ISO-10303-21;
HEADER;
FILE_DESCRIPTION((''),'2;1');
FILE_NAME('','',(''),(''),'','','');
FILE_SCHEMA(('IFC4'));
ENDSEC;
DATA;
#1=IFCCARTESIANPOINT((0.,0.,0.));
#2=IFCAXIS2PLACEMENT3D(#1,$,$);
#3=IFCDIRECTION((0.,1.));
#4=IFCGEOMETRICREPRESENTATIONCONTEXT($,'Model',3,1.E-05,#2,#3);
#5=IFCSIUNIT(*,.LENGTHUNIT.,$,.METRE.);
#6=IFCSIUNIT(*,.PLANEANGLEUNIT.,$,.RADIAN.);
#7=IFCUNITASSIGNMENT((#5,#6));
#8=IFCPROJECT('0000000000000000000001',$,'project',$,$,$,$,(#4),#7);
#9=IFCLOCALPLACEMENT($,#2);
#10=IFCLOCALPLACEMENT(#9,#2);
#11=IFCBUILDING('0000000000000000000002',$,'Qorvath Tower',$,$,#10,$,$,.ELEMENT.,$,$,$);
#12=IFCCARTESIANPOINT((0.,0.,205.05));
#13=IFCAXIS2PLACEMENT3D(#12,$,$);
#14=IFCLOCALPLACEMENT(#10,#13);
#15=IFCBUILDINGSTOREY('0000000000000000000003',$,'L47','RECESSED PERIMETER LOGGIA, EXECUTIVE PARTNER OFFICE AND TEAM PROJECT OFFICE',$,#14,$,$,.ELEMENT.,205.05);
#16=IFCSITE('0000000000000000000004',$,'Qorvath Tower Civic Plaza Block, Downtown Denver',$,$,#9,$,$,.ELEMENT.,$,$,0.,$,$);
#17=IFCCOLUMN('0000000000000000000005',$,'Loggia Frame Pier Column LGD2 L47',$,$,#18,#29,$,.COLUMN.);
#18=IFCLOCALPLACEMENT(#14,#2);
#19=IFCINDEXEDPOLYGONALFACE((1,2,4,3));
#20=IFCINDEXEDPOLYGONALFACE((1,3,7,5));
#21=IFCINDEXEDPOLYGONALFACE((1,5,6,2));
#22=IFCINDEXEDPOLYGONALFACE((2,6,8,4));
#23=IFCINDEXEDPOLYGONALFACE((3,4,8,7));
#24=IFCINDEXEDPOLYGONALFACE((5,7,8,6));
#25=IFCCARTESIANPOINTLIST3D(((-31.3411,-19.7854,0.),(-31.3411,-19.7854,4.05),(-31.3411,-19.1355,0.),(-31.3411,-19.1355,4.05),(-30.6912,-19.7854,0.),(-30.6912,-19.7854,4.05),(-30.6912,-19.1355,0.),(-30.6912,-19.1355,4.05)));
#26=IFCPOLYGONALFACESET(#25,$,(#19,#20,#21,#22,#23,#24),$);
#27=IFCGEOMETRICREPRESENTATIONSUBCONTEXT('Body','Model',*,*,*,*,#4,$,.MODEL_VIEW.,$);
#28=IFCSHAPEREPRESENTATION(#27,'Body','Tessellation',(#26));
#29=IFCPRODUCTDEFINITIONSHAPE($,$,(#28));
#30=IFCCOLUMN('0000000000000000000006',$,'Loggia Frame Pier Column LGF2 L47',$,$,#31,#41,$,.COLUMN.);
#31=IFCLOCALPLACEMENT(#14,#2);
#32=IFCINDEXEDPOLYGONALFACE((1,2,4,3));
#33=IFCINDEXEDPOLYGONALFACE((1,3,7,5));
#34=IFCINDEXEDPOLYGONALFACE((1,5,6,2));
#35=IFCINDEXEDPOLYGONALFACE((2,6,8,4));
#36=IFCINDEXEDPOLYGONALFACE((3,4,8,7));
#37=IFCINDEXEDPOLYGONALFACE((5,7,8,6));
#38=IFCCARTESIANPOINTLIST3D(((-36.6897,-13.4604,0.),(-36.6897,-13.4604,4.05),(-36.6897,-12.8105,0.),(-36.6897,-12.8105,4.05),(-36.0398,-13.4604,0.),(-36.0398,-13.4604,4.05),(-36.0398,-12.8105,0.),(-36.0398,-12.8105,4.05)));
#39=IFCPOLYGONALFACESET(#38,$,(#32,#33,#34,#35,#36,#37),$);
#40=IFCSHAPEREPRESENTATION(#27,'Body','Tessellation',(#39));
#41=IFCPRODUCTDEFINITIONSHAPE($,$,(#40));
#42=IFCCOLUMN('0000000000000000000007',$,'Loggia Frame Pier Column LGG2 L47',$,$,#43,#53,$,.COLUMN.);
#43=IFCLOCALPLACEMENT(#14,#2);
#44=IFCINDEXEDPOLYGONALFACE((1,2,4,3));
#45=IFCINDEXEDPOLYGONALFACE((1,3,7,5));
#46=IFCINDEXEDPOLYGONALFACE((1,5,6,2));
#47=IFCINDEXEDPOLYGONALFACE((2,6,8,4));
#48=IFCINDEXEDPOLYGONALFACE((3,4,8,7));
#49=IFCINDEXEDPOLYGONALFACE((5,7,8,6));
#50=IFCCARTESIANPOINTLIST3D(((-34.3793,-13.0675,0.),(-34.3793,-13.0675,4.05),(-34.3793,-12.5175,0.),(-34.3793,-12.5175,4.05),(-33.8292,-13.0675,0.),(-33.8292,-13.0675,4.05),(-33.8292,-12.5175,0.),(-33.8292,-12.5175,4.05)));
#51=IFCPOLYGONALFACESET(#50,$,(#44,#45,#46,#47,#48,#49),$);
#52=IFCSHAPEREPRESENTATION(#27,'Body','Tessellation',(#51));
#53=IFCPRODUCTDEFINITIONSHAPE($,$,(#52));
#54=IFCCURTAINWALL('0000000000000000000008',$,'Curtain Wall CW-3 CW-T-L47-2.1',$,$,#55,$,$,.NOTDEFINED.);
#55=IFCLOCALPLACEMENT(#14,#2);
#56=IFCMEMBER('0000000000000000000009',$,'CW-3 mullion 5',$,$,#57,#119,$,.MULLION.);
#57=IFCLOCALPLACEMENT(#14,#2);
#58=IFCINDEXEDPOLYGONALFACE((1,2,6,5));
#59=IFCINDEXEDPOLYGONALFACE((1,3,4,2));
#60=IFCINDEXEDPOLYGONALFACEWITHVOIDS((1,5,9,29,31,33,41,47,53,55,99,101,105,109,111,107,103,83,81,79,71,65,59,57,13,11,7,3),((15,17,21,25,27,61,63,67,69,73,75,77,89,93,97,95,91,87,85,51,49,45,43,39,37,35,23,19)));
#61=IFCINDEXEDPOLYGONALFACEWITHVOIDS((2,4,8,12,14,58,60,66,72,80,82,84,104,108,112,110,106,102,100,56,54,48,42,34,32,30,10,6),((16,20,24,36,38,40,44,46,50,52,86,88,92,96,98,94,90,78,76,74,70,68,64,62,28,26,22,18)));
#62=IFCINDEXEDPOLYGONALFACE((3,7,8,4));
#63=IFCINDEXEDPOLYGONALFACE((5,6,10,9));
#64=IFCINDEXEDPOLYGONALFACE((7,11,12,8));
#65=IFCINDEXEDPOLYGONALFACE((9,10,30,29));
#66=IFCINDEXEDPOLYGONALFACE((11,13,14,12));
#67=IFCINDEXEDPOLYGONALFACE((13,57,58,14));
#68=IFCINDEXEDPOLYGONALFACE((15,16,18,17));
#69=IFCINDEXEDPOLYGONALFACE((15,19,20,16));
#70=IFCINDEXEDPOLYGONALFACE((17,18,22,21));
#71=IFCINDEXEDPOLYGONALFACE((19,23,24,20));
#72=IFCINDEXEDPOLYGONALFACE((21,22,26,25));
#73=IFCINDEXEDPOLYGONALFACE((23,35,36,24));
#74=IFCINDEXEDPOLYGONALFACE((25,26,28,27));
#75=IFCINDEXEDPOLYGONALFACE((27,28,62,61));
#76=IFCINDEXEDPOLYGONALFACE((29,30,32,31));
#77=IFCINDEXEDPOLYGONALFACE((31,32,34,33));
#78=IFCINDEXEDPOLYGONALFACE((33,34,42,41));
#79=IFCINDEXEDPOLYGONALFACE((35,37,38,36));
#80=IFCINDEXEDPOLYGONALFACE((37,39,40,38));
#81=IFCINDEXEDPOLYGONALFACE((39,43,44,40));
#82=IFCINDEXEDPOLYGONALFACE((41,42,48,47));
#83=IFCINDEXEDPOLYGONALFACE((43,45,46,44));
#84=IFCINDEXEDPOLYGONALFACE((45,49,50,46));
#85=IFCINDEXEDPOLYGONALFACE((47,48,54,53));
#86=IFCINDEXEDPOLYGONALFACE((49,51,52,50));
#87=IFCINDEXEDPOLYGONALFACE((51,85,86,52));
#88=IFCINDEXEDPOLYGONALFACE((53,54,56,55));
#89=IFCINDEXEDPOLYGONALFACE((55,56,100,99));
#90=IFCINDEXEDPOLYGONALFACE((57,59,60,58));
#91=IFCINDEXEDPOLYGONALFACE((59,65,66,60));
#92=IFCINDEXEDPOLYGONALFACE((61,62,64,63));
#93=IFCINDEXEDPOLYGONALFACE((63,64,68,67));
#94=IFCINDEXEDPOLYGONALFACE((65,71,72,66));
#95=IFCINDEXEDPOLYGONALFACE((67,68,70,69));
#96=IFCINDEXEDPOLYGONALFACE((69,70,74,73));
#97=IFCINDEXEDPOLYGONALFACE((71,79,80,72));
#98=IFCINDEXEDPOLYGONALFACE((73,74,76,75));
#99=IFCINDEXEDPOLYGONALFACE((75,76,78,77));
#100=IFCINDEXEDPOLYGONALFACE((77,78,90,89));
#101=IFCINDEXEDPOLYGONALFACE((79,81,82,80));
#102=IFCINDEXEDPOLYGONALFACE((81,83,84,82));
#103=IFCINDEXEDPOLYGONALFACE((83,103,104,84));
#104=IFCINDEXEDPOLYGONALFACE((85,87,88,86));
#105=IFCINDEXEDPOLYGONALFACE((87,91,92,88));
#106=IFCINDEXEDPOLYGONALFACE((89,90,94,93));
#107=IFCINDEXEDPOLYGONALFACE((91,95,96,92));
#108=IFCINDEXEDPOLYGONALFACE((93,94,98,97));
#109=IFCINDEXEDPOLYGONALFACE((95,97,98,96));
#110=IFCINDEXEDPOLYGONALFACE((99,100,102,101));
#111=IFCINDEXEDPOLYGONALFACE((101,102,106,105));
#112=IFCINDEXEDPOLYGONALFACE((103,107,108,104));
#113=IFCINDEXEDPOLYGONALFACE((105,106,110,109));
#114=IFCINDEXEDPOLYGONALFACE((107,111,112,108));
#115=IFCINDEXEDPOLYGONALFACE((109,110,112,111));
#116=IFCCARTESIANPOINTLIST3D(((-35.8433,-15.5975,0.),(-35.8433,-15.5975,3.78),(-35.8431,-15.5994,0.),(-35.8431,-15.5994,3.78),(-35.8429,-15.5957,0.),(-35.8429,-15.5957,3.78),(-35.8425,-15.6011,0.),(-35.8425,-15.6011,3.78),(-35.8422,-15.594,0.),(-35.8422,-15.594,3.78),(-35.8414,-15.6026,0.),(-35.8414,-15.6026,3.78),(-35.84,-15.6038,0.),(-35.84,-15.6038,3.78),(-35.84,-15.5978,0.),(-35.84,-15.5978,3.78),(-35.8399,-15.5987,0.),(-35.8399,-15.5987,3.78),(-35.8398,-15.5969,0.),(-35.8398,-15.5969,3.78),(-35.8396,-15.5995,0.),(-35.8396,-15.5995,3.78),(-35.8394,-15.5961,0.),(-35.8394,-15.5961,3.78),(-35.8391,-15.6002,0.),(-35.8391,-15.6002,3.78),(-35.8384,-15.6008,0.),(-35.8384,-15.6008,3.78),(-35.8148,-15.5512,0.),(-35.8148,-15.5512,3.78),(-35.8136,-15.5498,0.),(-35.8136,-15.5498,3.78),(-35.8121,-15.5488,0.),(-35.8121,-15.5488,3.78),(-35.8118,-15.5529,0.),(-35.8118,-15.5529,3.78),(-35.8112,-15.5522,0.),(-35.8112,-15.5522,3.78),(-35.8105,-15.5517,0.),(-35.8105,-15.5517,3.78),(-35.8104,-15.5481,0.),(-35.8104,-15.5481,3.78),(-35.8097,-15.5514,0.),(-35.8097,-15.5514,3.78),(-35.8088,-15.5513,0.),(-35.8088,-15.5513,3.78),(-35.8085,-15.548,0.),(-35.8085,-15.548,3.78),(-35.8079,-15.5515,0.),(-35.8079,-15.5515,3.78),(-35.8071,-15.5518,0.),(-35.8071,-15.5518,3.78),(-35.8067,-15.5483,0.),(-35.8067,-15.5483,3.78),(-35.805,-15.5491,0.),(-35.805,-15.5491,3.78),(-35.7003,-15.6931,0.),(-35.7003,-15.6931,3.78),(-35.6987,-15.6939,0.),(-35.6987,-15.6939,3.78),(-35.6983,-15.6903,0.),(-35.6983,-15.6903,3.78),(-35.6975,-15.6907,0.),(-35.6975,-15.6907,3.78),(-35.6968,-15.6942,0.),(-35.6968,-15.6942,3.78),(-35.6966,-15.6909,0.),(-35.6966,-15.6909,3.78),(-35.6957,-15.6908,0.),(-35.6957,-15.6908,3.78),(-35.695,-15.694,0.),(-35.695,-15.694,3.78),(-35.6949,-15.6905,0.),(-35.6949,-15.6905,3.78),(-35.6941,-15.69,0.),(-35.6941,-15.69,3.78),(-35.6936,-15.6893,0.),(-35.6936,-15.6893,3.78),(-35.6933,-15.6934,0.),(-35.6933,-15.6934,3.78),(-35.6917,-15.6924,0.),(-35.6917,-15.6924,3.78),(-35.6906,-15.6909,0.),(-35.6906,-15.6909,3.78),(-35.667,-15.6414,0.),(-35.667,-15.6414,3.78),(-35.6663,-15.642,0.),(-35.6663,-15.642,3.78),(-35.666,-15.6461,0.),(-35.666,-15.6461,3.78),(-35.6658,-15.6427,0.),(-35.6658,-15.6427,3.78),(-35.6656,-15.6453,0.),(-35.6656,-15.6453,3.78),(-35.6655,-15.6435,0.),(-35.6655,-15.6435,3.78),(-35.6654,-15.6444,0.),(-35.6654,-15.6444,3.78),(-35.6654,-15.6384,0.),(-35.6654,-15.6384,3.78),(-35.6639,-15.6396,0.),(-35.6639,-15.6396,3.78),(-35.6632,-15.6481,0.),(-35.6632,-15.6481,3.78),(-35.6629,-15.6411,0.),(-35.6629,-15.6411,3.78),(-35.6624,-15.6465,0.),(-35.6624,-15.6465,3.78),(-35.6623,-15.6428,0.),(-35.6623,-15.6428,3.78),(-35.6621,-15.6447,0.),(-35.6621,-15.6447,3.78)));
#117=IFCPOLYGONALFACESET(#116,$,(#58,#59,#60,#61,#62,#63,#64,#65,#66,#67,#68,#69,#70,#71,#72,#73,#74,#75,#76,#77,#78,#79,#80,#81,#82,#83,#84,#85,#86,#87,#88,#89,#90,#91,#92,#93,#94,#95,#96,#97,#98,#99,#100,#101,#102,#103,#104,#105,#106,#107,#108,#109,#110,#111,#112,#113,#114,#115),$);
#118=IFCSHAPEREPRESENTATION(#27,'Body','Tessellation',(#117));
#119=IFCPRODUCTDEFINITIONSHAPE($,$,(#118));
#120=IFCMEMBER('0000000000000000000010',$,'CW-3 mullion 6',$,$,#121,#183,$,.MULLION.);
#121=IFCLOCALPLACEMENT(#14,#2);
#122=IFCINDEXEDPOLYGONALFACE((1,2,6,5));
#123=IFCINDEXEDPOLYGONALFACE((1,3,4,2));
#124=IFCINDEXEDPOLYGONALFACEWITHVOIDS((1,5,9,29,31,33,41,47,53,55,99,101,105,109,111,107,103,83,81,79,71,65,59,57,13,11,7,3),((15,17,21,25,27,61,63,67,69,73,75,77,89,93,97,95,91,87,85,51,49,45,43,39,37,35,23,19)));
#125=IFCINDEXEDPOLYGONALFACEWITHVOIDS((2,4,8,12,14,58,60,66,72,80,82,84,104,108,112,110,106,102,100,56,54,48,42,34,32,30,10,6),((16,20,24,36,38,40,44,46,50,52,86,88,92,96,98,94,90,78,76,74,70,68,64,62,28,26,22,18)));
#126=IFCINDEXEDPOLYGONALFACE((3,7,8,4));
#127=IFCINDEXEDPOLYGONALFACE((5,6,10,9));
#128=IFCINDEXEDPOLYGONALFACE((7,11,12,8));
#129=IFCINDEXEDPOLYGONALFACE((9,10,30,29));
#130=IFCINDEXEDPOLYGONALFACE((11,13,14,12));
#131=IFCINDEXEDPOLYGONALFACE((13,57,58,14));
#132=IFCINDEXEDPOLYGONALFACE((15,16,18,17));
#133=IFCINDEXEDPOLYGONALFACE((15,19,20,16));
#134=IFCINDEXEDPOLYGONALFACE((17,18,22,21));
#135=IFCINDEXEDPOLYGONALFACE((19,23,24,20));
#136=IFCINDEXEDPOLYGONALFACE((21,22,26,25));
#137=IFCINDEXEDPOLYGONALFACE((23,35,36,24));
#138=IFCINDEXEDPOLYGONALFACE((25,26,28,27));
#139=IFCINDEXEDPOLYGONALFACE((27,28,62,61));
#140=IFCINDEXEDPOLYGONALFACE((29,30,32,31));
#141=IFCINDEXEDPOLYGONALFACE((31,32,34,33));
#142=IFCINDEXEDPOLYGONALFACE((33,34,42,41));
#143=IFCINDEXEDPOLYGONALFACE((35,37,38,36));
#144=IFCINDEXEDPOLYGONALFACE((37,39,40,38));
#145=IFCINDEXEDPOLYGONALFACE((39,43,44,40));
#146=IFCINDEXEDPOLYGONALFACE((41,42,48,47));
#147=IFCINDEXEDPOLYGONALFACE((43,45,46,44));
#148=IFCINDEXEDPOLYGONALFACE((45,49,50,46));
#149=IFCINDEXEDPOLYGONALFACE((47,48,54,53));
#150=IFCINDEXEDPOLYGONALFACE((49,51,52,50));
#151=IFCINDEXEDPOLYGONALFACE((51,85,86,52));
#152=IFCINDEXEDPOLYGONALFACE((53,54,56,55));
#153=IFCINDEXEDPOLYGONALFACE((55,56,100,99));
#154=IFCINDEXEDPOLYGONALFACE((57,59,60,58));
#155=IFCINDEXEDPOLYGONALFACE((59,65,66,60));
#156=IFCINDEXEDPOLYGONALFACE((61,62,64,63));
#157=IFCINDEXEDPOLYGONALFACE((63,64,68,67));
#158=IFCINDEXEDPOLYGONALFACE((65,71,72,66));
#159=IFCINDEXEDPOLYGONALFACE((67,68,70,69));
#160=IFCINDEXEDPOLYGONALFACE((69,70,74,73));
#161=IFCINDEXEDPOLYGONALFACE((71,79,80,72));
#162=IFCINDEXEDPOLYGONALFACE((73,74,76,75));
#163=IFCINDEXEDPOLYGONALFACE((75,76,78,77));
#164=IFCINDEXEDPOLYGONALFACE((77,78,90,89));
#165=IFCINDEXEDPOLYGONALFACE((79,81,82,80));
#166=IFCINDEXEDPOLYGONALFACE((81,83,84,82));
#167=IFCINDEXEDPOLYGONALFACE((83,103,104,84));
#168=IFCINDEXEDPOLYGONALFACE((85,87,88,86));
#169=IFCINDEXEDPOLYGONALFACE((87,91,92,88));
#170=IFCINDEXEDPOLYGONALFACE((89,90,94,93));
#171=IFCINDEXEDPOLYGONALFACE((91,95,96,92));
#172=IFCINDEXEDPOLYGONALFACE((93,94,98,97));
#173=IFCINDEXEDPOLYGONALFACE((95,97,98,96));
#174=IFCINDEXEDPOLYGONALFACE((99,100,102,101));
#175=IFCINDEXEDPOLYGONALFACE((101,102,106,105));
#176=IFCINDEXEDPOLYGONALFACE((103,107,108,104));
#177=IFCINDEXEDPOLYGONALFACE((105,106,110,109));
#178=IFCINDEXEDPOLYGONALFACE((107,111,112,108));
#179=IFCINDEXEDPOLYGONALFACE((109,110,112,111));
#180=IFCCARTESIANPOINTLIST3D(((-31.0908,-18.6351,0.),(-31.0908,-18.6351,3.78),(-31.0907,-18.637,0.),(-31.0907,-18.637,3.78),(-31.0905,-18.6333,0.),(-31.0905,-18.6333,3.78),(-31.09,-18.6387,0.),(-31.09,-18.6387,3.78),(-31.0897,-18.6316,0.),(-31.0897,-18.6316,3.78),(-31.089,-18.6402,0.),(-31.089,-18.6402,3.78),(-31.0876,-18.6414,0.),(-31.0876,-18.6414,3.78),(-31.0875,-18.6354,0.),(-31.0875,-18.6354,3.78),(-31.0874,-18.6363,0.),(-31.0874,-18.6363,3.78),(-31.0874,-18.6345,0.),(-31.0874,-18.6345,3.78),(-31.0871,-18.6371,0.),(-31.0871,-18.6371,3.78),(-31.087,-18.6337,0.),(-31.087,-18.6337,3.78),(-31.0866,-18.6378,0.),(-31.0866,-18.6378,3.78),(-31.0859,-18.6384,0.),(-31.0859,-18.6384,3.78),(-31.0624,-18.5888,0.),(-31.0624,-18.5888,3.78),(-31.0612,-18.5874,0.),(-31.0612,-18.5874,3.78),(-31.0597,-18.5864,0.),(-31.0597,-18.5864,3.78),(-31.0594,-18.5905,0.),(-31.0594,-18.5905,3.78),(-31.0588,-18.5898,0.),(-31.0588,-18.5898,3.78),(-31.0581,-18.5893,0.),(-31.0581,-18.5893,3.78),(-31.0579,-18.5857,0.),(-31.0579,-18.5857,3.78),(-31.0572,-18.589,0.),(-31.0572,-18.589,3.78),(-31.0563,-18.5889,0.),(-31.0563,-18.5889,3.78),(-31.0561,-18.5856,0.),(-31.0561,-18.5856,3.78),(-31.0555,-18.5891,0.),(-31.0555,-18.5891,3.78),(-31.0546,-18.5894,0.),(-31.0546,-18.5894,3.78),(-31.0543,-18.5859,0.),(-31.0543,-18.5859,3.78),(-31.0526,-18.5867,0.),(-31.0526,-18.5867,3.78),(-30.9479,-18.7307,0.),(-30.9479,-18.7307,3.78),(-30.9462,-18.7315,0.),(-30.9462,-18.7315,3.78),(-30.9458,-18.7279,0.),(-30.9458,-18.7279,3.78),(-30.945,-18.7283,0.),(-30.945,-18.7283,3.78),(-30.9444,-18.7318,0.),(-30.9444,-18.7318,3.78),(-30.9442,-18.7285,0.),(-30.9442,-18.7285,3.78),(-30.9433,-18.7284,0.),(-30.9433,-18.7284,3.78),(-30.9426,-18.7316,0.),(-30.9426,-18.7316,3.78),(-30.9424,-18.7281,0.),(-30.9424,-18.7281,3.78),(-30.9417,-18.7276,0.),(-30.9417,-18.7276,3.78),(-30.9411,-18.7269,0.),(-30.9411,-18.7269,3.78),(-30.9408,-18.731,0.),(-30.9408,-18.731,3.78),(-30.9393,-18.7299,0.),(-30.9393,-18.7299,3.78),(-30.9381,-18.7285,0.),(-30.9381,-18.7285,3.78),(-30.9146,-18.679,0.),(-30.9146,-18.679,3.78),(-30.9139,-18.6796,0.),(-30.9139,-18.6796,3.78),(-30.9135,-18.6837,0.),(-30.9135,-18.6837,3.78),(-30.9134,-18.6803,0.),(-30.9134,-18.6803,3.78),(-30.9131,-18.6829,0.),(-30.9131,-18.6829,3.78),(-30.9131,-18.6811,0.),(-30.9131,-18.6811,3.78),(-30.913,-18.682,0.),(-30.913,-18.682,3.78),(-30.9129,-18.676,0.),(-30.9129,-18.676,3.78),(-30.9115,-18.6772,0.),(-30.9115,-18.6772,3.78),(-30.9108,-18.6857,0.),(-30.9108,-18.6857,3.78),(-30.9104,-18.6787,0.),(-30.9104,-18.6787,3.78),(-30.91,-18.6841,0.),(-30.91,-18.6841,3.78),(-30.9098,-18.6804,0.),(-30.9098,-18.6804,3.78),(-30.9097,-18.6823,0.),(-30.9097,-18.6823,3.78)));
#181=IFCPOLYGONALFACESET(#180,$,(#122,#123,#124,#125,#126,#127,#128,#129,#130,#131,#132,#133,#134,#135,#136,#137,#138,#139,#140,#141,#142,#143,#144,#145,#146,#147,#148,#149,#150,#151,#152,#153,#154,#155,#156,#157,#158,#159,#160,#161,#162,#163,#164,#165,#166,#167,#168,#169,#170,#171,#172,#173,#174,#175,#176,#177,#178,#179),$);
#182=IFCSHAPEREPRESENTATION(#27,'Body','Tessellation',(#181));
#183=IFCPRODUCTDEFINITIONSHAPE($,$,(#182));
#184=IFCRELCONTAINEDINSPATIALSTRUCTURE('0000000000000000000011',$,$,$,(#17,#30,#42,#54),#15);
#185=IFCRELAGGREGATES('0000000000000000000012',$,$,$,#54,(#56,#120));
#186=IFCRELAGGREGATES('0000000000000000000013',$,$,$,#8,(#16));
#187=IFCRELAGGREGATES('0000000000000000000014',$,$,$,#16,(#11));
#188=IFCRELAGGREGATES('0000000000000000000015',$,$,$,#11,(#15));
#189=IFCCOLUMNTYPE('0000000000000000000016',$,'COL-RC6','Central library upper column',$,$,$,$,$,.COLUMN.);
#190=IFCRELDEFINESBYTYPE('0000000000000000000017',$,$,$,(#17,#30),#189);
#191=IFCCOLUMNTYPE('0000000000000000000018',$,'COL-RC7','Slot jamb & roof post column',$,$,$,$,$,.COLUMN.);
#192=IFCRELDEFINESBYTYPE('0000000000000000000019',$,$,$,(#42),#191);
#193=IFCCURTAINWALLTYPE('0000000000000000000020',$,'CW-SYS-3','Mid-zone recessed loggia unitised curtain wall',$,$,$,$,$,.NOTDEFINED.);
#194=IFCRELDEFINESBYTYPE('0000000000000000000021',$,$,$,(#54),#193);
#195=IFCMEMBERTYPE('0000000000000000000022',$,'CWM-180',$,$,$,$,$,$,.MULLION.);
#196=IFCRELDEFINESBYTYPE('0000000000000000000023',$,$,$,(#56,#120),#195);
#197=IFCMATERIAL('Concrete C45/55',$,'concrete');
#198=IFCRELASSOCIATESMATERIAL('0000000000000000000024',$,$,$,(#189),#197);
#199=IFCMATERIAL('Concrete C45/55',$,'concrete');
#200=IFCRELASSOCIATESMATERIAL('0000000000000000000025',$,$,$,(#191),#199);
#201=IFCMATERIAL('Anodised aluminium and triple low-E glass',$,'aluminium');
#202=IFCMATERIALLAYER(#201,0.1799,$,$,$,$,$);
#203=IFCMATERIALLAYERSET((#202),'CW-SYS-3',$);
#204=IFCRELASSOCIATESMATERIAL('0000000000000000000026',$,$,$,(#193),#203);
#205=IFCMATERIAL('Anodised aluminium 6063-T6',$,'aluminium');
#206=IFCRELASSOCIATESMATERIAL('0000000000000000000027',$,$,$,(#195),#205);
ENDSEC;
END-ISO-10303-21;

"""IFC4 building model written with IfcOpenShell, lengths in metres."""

from ifc_helpers import new_model, si_unit, direction, frame, origin, origin_2d, place, context, subcontext, project, spatial, rectangle, hollow_rectangle, extrude, material, layer, layer_set, material_profile, profile_set, type_object, element, aggregate, save


model = new_model("IFC4")

# Units and contexts
model_context = context("Model", 3, precision=1e-05, world=origin(), true_north=direction((0.0, 1.0)))
body_context = subcontext(model_context, "Body", "Model", "MODEL_VIEW")
ifc_project = project(units=[si_unit("LENGTHUNIT", "METRE"), si_unit("PLANEANGLEUNIT", "RADIAN")], contexts=[model_context])

# Site, building, storey
site_placement = place(None, origin())
site = spatial("IfcSite", under=ifc_project, at=site_placement, Name="Qorvath Tower Civic Plaza Block, Downtown Denver", CompositionType="ELEMENT", RefElevation=0.0)
building_placement = place(site_placement, origin())
building = spatial("IfcBuilding", under=site, at=building_placement, Name="Qorvath Tower", CompositionType="ELEMENT")
storey_placement = place(building_placement, frame((0.0, 0.0, 205.05)))
storey = spatial("IfcBuildingStorey", under=building, at=storey_placement, Name="L47", Description="RECESSED PERIMETER LOGGIA, EXECUTIVE PARTNER OFFICE AND TEAM PROJECT OFFICE", CompositionType="ELEMENT", Elevation=205.05)

# Columns
ifc_material_1 = material(Name="Concrete C45/55", Category="concrete")
ifc_material_profile_1 = material_profile(ifc_material_1, rectangle(XDim=0.6499, YDim=0.6499, at=origin_2d()), Name="RC 650x650")
ifc_profile_set_1 = profile_set([ifc_material_profile_1], Name="Concrete C45/55")
column_type_1 = type_object("IfcColumnType", Name="COL-RC6", Description="Central library upper column", PredefinedType="COLUMN", material=ifc_profile_set_1)
for number, where, z_axis, x_axis, name in (
    (1, (-31.0161, -19.4604, 0.0), (0.0, 0.0, 1.0), (1.0, 0.0, 0.0), "Loggia Frame Pier Column LGD2 L47"),
    (2, (-36.3647, -13.1355, 0.0), (0.0, 0.0, 1.0), (1.0, 0.0, 0.0), "Loggia Frame Pier Column LGF2 L47"),
):
    element("IfcColumn", number, at=place(storey_placement, frame(where, z_axis=z_axis, x_axis=x_axis)), inside=storey, type_object=column_type_1, Name=name, PredefinedType="COLUMN", context=body_context, shape_type="SweptSolid", body=[
        extrude(rectangle(XDim=0.6499, YDim=0.6499, at=origin_2d()), origin(), (0.0, 0.0, 1.0), 4.05),
    ])
ifc_material_2 = material(Name="Concrete C45/55", Category="concrete")
ifc_material_profile_2 = material_profile(ifc_material_2, rectangle(XDim=0.55, YDim=0.55, at=origin_2d()), Name="RC 550x550")
ifc_profile_set_2 = profile_set([ifc_material_profile_2], Name="Concrete C45/55")
column_type_2 = type_object("IfcColumnType", Name="COL-RC7", Description="Slot jamb & roof post column", PredefinedType="COLUMN", material=ifc_profile_set_2)
column_placement = place(storey_placement, frame((-34.1042, -12.7925, 0.0), z_axis=(0.0, 0.0, 1.0), x_axis=(1.0, 0.0, 0.0)))
element("IfcColumn", 3, at=column_placement, inside=storey, type_object=column_type_2, Name="Loggia Frame Pier Column LGG2 L47", PredefinedType="COLUMN", context=body_context, shape_type="SweptSolid", body=[
    extrude(rectangle(XDim=0.55, YDim=0.55, at=origin_2d()), origin(), (0.0, 0.0, 1.0), 4.05),
])

# Curtain wall, members
ifc_material_3 = material(Name="Anodised aluminium and triple low-E glass", Category="aluminium")
ifc_layer_1 = layer(ifc_material_3, 0.1799)
ifc_layer_set_1 = layer_set([ifc_layer_1], Name="CW-SYS-3")
curtain_wall_type = type_object("IfcCurtainWallType", Name="CW-SYS-3", Description="Mid-zone recessed loggia unitised curtain wall", PredefinedType="NOTDEFINED", material=ifc_layer_set_1)
curtain_wall_placement = place(storey_placement, origin())
curtain_wall = element("IfcCurtainWall", 4, at=curtain_wall_placement, inside=storey, type_object=curtain_wall_type, Name="Curtain Wall CW-3 CW-T-L47-2.1", PredefinedType="NOTDEFINED")
ifc_material_4 = material(Name="Anodised aluminium 6063-T6", Category="aluminium")
ifc_material_profile_3 = material_profile(ifc_material_4, hollow_rectangle(XDim=0.0649, YDim=0.1799, WallThickness=0.0034, InnerFilletRadius=0.0034, OuterFilletRadius=0.0071, at=origin_2d()), Name="CWM 180x65")
ifc_profile_set_3 = profile_set([ifc_material_profile_3], Name="Anodised aluminium 6063-T6")
member_type_1 = type_object("IfcMemberType", Name="CWM-180", PredefinedType="MULLION", material=ifc_profile_set_3)
member_1_placement = place(storey_placement, frame((-35.7527, -15.6211, 0.0), z_axis=(0.0, 0.0, 1.0), x_axis=(0.538534, 0.842604, 0.0)))
member_1 = element("IfcMember", 5, at=member_1_placement, type_object=member_type_1, Name="CW-3 mullion 5", PredefinedType="MULLION", context=body_context, shape_type="SweptSolid", body=[
    extrude(hollow_rectangle(XDim=0.0649, YDim=0.1799, WallThickness=0.0034, InnerFilletRadius=0.0034, OuterFilletRadius=0.0071, at=origin_2d()), origin(), (0.0, 0.0, 1.0), 3.78),
])
member_2_placement = place(storey_placement, frame((-31.0002, -18.6587, 0.0), z_axis=(0.0, 0.0, 1.0), x_axis=(0.538534, 0.842604, 0.0)))
member_2 = element("IfcMember", 6, at=member_2_placement, type_object=member_type_1, Name="CW-3 mullion 6", PredefinedType="MULLION", context=body_context, shape_type="SweptSolid", body=[
    extrude(hollow_rectangle(XDim=0.0649, YDim=0.1799, WallThickness=0.0034, InnerFilletRadius=0.0034, OuterFilletRadius=0.0071, at=origin_2d()), origin(), (0.0, 0.0, 1.0), 3.78),
])
aggregate(curtain_wall, [member_1, member_2])

save(model, "model.ifc")
